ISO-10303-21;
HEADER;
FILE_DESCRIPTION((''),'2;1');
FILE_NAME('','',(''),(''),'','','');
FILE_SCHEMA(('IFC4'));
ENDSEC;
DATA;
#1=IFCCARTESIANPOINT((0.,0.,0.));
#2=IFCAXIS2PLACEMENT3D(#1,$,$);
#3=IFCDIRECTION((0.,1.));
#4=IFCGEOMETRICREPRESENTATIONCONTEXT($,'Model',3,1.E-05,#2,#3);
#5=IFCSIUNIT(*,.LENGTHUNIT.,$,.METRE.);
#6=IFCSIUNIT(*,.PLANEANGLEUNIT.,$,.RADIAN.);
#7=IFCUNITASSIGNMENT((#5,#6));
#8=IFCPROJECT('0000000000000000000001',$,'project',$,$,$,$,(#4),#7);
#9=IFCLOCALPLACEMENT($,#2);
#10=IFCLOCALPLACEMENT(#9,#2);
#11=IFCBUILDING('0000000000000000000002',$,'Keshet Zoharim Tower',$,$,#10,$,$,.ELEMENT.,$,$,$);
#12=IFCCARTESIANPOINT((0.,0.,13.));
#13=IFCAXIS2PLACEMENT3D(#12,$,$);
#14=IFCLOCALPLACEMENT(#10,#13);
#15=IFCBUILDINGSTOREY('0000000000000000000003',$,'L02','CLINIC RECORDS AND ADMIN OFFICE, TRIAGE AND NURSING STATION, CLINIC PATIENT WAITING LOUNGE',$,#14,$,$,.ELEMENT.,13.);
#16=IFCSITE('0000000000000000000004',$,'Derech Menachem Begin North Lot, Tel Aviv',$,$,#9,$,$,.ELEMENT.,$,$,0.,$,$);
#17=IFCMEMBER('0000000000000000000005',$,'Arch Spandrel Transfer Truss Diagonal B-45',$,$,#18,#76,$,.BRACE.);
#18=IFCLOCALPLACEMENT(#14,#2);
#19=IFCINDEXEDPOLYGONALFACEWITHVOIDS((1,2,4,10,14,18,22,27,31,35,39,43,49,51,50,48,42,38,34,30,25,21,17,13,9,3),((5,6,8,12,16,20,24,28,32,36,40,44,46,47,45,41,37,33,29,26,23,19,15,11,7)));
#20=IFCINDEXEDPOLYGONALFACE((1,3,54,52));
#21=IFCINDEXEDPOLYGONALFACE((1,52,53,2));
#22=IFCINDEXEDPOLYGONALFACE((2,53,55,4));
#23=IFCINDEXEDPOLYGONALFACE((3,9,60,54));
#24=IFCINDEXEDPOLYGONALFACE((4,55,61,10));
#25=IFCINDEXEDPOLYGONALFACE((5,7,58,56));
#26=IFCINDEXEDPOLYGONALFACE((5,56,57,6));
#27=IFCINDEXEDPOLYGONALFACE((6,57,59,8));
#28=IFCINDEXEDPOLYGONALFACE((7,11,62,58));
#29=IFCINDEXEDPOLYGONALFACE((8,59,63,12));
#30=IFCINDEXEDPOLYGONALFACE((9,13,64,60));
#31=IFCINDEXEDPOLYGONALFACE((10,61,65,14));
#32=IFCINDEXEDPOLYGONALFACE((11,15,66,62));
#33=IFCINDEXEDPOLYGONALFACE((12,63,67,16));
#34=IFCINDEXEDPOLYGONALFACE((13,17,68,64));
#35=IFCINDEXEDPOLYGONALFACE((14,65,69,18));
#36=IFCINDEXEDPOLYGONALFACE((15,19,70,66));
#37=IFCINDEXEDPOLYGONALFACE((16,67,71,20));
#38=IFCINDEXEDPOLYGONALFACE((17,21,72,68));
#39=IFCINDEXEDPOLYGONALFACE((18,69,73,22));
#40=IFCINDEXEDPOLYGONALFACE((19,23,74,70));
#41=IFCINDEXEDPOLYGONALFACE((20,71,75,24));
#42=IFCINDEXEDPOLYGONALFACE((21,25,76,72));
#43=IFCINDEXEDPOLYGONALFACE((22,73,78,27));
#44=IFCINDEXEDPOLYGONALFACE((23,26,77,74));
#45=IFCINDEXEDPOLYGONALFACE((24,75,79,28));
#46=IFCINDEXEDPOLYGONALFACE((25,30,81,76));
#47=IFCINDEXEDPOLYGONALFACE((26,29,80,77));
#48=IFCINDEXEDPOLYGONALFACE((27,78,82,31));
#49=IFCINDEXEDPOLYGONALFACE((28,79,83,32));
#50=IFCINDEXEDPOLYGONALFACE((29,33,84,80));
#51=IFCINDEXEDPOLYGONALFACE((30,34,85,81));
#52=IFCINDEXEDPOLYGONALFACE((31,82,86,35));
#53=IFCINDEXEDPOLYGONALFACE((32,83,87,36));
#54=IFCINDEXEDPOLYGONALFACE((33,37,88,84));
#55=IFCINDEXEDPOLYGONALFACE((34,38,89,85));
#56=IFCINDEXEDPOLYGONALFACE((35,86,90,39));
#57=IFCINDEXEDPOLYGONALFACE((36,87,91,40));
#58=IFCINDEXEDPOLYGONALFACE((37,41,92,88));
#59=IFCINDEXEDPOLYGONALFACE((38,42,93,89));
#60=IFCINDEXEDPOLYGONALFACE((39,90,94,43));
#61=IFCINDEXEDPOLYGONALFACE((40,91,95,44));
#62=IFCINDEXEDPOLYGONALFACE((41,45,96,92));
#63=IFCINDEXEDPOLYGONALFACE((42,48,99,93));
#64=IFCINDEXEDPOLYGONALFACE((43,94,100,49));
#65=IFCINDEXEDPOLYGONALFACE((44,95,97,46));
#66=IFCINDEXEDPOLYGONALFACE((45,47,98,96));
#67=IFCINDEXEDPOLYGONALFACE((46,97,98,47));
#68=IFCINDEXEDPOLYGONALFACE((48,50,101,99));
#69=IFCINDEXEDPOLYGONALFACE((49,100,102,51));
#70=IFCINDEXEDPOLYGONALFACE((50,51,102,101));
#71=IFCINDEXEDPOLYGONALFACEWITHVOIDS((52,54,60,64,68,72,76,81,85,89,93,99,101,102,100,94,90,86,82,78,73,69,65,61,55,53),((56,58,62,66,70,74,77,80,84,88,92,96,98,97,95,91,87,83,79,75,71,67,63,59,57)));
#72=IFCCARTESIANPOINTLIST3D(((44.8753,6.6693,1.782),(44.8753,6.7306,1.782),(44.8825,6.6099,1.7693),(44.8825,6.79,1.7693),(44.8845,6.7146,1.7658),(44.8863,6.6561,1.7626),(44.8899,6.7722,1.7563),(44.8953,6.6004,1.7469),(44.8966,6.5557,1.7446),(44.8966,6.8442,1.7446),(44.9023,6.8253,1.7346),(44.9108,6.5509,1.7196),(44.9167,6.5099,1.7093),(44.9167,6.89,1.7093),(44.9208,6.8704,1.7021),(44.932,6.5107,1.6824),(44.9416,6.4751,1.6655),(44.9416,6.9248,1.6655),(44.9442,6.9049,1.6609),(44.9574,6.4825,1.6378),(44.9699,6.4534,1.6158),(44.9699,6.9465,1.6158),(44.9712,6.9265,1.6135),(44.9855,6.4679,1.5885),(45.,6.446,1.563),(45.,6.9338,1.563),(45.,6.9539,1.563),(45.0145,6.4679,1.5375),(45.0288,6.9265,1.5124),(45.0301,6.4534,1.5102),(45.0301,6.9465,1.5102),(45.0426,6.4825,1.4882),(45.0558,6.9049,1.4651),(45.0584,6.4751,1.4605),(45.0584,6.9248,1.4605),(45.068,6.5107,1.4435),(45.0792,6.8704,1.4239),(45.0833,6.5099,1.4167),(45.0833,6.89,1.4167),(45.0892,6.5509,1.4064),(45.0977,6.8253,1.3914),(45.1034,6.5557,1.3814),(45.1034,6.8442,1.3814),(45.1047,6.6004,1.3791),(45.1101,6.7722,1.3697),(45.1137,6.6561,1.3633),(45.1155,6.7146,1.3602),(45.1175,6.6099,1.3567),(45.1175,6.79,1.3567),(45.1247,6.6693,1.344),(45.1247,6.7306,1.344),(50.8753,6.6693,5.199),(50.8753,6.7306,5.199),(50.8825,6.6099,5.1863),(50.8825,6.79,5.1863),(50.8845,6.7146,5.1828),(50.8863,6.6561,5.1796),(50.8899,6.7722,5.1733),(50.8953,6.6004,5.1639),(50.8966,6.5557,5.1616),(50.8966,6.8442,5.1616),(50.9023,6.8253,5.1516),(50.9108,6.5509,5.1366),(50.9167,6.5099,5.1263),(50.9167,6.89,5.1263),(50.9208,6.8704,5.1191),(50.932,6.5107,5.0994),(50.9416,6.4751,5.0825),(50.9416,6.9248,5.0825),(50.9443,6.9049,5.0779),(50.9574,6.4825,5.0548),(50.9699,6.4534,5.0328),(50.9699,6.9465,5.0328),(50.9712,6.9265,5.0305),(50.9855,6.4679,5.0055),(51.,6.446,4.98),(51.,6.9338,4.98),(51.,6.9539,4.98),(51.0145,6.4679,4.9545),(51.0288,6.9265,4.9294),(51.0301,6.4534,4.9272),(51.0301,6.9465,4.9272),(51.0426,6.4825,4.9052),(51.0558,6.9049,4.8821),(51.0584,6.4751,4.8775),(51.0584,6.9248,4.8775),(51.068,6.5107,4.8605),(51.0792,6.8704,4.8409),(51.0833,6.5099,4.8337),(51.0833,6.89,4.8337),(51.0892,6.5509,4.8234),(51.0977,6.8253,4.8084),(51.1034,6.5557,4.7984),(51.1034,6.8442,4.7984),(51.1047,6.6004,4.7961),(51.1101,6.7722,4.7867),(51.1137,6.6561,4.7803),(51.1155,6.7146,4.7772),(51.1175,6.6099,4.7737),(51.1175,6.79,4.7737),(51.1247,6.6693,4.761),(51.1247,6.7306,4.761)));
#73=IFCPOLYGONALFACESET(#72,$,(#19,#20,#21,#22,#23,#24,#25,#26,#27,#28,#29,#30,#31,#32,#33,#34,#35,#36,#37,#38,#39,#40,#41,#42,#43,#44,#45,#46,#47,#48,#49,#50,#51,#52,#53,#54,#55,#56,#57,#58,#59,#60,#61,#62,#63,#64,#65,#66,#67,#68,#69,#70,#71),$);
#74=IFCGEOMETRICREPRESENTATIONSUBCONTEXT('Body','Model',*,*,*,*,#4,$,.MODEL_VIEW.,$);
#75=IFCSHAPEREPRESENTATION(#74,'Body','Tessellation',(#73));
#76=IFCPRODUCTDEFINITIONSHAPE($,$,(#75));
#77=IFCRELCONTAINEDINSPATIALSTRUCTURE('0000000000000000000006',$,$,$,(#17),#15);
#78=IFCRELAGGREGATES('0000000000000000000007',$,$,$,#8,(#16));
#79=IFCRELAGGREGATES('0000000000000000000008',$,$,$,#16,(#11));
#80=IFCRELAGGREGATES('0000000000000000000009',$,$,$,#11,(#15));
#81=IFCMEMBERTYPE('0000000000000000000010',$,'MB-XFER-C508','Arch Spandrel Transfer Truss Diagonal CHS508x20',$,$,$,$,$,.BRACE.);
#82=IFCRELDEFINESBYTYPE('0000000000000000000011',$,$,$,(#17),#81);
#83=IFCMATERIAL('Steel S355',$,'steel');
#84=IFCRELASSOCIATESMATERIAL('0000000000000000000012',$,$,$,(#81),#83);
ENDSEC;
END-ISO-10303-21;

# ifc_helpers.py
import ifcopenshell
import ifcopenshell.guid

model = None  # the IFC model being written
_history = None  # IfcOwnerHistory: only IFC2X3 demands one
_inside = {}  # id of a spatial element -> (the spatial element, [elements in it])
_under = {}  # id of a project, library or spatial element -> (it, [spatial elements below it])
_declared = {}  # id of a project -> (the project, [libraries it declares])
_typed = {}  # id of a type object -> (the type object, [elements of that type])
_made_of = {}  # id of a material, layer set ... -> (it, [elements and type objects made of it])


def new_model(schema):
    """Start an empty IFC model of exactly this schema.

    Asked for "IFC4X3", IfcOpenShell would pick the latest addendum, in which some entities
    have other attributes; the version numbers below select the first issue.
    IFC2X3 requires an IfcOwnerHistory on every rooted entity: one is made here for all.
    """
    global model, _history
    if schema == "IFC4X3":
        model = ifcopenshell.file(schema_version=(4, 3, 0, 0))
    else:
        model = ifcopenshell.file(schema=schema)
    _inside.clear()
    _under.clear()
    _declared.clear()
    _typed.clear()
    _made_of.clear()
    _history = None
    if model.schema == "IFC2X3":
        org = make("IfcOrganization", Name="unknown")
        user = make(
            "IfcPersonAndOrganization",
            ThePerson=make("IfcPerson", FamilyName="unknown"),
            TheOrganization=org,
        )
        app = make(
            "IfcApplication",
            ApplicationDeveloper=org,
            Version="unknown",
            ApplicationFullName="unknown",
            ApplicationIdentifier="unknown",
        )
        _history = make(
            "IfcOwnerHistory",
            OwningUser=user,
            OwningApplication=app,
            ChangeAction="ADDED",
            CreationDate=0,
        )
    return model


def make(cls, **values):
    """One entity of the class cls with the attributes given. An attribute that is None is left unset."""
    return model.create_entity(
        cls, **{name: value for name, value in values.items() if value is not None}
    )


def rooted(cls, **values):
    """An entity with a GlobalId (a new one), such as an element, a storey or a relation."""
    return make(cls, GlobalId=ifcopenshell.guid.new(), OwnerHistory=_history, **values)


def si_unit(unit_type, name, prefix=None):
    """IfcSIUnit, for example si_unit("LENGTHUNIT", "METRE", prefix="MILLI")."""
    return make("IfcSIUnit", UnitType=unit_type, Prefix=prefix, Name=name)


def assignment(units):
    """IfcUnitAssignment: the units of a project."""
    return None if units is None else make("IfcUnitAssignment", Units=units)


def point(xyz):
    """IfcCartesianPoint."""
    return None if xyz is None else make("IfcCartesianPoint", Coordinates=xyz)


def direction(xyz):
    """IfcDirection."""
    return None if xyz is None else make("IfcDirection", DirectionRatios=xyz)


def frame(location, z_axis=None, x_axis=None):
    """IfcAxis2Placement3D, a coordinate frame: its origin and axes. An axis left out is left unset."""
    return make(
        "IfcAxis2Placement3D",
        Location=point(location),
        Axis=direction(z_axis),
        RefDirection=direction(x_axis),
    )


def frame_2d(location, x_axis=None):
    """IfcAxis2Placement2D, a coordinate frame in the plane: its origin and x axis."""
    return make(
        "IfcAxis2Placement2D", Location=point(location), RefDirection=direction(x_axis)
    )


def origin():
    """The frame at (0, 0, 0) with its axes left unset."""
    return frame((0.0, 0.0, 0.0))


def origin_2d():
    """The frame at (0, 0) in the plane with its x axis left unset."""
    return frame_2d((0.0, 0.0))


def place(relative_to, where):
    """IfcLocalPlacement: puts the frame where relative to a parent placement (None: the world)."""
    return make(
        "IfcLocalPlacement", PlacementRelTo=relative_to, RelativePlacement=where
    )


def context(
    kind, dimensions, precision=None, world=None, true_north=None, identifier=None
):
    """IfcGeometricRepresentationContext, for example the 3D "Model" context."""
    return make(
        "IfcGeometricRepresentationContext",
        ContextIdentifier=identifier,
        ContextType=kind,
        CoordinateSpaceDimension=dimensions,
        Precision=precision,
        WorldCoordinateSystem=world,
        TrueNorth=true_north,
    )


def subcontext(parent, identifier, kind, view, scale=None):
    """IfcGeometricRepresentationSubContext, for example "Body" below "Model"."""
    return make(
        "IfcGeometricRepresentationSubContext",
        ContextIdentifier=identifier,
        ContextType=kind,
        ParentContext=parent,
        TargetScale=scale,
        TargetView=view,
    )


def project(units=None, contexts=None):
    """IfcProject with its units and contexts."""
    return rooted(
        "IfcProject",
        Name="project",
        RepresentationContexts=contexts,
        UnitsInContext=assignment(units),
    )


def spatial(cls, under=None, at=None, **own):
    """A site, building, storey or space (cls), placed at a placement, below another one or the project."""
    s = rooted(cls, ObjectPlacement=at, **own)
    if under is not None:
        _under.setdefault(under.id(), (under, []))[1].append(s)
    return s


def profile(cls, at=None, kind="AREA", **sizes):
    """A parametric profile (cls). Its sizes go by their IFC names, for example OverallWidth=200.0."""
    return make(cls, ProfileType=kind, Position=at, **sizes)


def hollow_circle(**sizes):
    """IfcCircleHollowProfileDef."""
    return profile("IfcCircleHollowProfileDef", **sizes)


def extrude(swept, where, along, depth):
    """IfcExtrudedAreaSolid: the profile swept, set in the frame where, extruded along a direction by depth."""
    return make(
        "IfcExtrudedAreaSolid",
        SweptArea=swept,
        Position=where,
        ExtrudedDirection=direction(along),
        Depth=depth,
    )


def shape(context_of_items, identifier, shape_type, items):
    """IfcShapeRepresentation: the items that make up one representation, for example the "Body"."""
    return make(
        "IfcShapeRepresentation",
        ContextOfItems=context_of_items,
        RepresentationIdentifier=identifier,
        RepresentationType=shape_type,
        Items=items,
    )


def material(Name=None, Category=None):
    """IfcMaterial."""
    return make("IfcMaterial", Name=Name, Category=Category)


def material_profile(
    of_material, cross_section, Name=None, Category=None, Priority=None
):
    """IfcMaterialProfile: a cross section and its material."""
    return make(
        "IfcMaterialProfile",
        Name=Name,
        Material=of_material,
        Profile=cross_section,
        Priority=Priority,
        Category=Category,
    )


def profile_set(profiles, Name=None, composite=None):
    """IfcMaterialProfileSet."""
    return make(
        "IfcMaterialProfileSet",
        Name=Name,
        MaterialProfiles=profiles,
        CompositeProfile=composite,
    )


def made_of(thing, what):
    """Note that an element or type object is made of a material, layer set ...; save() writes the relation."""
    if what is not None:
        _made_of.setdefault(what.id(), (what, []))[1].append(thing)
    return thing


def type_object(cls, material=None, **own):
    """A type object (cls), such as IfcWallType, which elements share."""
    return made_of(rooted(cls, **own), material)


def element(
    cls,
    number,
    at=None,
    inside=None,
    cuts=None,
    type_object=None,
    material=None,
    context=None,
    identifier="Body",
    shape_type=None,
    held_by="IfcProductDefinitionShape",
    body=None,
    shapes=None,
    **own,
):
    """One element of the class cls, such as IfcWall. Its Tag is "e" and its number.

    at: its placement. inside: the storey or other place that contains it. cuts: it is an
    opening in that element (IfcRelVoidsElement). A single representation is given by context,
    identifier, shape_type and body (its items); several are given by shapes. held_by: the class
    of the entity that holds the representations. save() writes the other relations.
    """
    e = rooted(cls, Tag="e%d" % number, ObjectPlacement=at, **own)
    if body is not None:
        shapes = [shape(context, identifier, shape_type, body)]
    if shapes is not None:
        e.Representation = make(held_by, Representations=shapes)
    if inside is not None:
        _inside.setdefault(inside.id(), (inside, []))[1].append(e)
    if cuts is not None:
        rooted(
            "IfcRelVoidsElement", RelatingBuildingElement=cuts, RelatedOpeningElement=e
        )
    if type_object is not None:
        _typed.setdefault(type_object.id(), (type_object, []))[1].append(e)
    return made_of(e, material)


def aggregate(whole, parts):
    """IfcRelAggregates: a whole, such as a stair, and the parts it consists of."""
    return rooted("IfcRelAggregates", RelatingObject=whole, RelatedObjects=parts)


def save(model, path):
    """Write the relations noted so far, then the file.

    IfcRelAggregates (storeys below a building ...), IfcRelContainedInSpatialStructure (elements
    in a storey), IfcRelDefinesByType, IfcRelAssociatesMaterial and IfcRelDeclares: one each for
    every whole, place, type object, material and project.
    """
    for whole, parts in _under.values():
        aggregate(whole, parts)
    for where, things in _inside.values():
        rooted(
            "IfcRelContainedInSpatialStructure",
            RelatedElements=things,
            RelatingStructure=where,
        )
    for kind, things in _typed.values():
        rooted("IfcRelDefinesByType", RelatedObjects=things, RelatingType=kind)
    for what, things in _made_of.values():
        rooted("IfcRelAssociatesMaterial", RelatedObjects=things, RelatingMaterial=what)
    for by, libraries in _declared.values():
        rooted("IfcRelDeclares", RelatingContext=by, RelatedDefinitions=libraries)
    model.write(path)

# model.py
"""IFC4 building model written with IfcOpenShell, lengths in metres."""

from ifc_helpers import new_model, si_unit, direction, frame, origin, origin_2d, place, context, subcontext, project, spatial, hollow_circle, extrude, material, material_profile, profile_set, type_object, element, save


model = new_model("IFC4")

# Units and contexts
model_context = context("Model", 3, precision=1e-05, world=origin(), true_north=direction((0.0, 1.0)))
body_context = subcontext(model_context, "Body", "Model", "MODEL_VIEW")
ifc_project = project(units=[si_unit("LENGTHUNIT", "METRE"), si_unit("PLANEANGLEUNIT", "RADIAN")], contexts=[model_context])

# Site, building, storey
site_placement = place(None, origin())
site = spatial("IfcSite", under=ifc_project, at=site_placement, Name="Derech Menachem Begin North Lot, Tel Aviv", CompositionType="ELEMENT", RefElevation=0.0)
building_placement = place(site_placement, origin())
building = spatial("IfcBuilding", under=site, at=building_placement, Name="Keshet Zoharim Tower", CompositionType="ELEMENT")
storey_placement = place(building_placement, frame((0.0, 0.0, 13.0)))
storey = spatial("IfcBuildingStorey", under=building, at=storey_placement, Name="L02", Description="CLINIC RECORDS AND ADMIN OFFICE, TRIAGE AND NURSING STATION, CLINIC PATIENT WAITING LOUNGE", CompositionType="ELEMENT", Elevation=13.0)

# Shared definitions
ifc_material_1 = material(Name="Steel S355", Category="steel")

# Member
ifc_material_profile_1 = material_profile(ifc_material_1, hollow_circle(Radius=0.2539, WallThickness=0.02, at=origin_2d()), Name="CHS508x20")
ifc_profile_set_1 = profile_set([ifc_material_profile_1], Name="Steel S355")
member_type = type_object("IfcMemberType", Name="MB-XFER-C508", Description="Arch Spandrel Transfer Truss Diagonal CHS508x20", PredefinedType="BRACE", material=ifc_profile_set_1)
member_1_placement = place(storey_placement, frame((45.0, 6.7, 1.563), z_axis=(0.868965, 0.0, 0.494874), x_axis=(0.0, 1.0, 0.0)))
element("IfcMember", 1, at=member_1_placement, inside=storey, type_object=member_type, Name="Arch Spandrel Transfer Truss Diagonal B-45", PredefinedType="BRACE", context=body_context, shape_type="SweptSolid", body=[
    extrude(hollow_circle(Radius=0.2539, WallThickness=0.02, at=origin_2d()), origin(), (0.0, 0.0, 1.0), 6.9048),
])

save(model, "model.ifc")
